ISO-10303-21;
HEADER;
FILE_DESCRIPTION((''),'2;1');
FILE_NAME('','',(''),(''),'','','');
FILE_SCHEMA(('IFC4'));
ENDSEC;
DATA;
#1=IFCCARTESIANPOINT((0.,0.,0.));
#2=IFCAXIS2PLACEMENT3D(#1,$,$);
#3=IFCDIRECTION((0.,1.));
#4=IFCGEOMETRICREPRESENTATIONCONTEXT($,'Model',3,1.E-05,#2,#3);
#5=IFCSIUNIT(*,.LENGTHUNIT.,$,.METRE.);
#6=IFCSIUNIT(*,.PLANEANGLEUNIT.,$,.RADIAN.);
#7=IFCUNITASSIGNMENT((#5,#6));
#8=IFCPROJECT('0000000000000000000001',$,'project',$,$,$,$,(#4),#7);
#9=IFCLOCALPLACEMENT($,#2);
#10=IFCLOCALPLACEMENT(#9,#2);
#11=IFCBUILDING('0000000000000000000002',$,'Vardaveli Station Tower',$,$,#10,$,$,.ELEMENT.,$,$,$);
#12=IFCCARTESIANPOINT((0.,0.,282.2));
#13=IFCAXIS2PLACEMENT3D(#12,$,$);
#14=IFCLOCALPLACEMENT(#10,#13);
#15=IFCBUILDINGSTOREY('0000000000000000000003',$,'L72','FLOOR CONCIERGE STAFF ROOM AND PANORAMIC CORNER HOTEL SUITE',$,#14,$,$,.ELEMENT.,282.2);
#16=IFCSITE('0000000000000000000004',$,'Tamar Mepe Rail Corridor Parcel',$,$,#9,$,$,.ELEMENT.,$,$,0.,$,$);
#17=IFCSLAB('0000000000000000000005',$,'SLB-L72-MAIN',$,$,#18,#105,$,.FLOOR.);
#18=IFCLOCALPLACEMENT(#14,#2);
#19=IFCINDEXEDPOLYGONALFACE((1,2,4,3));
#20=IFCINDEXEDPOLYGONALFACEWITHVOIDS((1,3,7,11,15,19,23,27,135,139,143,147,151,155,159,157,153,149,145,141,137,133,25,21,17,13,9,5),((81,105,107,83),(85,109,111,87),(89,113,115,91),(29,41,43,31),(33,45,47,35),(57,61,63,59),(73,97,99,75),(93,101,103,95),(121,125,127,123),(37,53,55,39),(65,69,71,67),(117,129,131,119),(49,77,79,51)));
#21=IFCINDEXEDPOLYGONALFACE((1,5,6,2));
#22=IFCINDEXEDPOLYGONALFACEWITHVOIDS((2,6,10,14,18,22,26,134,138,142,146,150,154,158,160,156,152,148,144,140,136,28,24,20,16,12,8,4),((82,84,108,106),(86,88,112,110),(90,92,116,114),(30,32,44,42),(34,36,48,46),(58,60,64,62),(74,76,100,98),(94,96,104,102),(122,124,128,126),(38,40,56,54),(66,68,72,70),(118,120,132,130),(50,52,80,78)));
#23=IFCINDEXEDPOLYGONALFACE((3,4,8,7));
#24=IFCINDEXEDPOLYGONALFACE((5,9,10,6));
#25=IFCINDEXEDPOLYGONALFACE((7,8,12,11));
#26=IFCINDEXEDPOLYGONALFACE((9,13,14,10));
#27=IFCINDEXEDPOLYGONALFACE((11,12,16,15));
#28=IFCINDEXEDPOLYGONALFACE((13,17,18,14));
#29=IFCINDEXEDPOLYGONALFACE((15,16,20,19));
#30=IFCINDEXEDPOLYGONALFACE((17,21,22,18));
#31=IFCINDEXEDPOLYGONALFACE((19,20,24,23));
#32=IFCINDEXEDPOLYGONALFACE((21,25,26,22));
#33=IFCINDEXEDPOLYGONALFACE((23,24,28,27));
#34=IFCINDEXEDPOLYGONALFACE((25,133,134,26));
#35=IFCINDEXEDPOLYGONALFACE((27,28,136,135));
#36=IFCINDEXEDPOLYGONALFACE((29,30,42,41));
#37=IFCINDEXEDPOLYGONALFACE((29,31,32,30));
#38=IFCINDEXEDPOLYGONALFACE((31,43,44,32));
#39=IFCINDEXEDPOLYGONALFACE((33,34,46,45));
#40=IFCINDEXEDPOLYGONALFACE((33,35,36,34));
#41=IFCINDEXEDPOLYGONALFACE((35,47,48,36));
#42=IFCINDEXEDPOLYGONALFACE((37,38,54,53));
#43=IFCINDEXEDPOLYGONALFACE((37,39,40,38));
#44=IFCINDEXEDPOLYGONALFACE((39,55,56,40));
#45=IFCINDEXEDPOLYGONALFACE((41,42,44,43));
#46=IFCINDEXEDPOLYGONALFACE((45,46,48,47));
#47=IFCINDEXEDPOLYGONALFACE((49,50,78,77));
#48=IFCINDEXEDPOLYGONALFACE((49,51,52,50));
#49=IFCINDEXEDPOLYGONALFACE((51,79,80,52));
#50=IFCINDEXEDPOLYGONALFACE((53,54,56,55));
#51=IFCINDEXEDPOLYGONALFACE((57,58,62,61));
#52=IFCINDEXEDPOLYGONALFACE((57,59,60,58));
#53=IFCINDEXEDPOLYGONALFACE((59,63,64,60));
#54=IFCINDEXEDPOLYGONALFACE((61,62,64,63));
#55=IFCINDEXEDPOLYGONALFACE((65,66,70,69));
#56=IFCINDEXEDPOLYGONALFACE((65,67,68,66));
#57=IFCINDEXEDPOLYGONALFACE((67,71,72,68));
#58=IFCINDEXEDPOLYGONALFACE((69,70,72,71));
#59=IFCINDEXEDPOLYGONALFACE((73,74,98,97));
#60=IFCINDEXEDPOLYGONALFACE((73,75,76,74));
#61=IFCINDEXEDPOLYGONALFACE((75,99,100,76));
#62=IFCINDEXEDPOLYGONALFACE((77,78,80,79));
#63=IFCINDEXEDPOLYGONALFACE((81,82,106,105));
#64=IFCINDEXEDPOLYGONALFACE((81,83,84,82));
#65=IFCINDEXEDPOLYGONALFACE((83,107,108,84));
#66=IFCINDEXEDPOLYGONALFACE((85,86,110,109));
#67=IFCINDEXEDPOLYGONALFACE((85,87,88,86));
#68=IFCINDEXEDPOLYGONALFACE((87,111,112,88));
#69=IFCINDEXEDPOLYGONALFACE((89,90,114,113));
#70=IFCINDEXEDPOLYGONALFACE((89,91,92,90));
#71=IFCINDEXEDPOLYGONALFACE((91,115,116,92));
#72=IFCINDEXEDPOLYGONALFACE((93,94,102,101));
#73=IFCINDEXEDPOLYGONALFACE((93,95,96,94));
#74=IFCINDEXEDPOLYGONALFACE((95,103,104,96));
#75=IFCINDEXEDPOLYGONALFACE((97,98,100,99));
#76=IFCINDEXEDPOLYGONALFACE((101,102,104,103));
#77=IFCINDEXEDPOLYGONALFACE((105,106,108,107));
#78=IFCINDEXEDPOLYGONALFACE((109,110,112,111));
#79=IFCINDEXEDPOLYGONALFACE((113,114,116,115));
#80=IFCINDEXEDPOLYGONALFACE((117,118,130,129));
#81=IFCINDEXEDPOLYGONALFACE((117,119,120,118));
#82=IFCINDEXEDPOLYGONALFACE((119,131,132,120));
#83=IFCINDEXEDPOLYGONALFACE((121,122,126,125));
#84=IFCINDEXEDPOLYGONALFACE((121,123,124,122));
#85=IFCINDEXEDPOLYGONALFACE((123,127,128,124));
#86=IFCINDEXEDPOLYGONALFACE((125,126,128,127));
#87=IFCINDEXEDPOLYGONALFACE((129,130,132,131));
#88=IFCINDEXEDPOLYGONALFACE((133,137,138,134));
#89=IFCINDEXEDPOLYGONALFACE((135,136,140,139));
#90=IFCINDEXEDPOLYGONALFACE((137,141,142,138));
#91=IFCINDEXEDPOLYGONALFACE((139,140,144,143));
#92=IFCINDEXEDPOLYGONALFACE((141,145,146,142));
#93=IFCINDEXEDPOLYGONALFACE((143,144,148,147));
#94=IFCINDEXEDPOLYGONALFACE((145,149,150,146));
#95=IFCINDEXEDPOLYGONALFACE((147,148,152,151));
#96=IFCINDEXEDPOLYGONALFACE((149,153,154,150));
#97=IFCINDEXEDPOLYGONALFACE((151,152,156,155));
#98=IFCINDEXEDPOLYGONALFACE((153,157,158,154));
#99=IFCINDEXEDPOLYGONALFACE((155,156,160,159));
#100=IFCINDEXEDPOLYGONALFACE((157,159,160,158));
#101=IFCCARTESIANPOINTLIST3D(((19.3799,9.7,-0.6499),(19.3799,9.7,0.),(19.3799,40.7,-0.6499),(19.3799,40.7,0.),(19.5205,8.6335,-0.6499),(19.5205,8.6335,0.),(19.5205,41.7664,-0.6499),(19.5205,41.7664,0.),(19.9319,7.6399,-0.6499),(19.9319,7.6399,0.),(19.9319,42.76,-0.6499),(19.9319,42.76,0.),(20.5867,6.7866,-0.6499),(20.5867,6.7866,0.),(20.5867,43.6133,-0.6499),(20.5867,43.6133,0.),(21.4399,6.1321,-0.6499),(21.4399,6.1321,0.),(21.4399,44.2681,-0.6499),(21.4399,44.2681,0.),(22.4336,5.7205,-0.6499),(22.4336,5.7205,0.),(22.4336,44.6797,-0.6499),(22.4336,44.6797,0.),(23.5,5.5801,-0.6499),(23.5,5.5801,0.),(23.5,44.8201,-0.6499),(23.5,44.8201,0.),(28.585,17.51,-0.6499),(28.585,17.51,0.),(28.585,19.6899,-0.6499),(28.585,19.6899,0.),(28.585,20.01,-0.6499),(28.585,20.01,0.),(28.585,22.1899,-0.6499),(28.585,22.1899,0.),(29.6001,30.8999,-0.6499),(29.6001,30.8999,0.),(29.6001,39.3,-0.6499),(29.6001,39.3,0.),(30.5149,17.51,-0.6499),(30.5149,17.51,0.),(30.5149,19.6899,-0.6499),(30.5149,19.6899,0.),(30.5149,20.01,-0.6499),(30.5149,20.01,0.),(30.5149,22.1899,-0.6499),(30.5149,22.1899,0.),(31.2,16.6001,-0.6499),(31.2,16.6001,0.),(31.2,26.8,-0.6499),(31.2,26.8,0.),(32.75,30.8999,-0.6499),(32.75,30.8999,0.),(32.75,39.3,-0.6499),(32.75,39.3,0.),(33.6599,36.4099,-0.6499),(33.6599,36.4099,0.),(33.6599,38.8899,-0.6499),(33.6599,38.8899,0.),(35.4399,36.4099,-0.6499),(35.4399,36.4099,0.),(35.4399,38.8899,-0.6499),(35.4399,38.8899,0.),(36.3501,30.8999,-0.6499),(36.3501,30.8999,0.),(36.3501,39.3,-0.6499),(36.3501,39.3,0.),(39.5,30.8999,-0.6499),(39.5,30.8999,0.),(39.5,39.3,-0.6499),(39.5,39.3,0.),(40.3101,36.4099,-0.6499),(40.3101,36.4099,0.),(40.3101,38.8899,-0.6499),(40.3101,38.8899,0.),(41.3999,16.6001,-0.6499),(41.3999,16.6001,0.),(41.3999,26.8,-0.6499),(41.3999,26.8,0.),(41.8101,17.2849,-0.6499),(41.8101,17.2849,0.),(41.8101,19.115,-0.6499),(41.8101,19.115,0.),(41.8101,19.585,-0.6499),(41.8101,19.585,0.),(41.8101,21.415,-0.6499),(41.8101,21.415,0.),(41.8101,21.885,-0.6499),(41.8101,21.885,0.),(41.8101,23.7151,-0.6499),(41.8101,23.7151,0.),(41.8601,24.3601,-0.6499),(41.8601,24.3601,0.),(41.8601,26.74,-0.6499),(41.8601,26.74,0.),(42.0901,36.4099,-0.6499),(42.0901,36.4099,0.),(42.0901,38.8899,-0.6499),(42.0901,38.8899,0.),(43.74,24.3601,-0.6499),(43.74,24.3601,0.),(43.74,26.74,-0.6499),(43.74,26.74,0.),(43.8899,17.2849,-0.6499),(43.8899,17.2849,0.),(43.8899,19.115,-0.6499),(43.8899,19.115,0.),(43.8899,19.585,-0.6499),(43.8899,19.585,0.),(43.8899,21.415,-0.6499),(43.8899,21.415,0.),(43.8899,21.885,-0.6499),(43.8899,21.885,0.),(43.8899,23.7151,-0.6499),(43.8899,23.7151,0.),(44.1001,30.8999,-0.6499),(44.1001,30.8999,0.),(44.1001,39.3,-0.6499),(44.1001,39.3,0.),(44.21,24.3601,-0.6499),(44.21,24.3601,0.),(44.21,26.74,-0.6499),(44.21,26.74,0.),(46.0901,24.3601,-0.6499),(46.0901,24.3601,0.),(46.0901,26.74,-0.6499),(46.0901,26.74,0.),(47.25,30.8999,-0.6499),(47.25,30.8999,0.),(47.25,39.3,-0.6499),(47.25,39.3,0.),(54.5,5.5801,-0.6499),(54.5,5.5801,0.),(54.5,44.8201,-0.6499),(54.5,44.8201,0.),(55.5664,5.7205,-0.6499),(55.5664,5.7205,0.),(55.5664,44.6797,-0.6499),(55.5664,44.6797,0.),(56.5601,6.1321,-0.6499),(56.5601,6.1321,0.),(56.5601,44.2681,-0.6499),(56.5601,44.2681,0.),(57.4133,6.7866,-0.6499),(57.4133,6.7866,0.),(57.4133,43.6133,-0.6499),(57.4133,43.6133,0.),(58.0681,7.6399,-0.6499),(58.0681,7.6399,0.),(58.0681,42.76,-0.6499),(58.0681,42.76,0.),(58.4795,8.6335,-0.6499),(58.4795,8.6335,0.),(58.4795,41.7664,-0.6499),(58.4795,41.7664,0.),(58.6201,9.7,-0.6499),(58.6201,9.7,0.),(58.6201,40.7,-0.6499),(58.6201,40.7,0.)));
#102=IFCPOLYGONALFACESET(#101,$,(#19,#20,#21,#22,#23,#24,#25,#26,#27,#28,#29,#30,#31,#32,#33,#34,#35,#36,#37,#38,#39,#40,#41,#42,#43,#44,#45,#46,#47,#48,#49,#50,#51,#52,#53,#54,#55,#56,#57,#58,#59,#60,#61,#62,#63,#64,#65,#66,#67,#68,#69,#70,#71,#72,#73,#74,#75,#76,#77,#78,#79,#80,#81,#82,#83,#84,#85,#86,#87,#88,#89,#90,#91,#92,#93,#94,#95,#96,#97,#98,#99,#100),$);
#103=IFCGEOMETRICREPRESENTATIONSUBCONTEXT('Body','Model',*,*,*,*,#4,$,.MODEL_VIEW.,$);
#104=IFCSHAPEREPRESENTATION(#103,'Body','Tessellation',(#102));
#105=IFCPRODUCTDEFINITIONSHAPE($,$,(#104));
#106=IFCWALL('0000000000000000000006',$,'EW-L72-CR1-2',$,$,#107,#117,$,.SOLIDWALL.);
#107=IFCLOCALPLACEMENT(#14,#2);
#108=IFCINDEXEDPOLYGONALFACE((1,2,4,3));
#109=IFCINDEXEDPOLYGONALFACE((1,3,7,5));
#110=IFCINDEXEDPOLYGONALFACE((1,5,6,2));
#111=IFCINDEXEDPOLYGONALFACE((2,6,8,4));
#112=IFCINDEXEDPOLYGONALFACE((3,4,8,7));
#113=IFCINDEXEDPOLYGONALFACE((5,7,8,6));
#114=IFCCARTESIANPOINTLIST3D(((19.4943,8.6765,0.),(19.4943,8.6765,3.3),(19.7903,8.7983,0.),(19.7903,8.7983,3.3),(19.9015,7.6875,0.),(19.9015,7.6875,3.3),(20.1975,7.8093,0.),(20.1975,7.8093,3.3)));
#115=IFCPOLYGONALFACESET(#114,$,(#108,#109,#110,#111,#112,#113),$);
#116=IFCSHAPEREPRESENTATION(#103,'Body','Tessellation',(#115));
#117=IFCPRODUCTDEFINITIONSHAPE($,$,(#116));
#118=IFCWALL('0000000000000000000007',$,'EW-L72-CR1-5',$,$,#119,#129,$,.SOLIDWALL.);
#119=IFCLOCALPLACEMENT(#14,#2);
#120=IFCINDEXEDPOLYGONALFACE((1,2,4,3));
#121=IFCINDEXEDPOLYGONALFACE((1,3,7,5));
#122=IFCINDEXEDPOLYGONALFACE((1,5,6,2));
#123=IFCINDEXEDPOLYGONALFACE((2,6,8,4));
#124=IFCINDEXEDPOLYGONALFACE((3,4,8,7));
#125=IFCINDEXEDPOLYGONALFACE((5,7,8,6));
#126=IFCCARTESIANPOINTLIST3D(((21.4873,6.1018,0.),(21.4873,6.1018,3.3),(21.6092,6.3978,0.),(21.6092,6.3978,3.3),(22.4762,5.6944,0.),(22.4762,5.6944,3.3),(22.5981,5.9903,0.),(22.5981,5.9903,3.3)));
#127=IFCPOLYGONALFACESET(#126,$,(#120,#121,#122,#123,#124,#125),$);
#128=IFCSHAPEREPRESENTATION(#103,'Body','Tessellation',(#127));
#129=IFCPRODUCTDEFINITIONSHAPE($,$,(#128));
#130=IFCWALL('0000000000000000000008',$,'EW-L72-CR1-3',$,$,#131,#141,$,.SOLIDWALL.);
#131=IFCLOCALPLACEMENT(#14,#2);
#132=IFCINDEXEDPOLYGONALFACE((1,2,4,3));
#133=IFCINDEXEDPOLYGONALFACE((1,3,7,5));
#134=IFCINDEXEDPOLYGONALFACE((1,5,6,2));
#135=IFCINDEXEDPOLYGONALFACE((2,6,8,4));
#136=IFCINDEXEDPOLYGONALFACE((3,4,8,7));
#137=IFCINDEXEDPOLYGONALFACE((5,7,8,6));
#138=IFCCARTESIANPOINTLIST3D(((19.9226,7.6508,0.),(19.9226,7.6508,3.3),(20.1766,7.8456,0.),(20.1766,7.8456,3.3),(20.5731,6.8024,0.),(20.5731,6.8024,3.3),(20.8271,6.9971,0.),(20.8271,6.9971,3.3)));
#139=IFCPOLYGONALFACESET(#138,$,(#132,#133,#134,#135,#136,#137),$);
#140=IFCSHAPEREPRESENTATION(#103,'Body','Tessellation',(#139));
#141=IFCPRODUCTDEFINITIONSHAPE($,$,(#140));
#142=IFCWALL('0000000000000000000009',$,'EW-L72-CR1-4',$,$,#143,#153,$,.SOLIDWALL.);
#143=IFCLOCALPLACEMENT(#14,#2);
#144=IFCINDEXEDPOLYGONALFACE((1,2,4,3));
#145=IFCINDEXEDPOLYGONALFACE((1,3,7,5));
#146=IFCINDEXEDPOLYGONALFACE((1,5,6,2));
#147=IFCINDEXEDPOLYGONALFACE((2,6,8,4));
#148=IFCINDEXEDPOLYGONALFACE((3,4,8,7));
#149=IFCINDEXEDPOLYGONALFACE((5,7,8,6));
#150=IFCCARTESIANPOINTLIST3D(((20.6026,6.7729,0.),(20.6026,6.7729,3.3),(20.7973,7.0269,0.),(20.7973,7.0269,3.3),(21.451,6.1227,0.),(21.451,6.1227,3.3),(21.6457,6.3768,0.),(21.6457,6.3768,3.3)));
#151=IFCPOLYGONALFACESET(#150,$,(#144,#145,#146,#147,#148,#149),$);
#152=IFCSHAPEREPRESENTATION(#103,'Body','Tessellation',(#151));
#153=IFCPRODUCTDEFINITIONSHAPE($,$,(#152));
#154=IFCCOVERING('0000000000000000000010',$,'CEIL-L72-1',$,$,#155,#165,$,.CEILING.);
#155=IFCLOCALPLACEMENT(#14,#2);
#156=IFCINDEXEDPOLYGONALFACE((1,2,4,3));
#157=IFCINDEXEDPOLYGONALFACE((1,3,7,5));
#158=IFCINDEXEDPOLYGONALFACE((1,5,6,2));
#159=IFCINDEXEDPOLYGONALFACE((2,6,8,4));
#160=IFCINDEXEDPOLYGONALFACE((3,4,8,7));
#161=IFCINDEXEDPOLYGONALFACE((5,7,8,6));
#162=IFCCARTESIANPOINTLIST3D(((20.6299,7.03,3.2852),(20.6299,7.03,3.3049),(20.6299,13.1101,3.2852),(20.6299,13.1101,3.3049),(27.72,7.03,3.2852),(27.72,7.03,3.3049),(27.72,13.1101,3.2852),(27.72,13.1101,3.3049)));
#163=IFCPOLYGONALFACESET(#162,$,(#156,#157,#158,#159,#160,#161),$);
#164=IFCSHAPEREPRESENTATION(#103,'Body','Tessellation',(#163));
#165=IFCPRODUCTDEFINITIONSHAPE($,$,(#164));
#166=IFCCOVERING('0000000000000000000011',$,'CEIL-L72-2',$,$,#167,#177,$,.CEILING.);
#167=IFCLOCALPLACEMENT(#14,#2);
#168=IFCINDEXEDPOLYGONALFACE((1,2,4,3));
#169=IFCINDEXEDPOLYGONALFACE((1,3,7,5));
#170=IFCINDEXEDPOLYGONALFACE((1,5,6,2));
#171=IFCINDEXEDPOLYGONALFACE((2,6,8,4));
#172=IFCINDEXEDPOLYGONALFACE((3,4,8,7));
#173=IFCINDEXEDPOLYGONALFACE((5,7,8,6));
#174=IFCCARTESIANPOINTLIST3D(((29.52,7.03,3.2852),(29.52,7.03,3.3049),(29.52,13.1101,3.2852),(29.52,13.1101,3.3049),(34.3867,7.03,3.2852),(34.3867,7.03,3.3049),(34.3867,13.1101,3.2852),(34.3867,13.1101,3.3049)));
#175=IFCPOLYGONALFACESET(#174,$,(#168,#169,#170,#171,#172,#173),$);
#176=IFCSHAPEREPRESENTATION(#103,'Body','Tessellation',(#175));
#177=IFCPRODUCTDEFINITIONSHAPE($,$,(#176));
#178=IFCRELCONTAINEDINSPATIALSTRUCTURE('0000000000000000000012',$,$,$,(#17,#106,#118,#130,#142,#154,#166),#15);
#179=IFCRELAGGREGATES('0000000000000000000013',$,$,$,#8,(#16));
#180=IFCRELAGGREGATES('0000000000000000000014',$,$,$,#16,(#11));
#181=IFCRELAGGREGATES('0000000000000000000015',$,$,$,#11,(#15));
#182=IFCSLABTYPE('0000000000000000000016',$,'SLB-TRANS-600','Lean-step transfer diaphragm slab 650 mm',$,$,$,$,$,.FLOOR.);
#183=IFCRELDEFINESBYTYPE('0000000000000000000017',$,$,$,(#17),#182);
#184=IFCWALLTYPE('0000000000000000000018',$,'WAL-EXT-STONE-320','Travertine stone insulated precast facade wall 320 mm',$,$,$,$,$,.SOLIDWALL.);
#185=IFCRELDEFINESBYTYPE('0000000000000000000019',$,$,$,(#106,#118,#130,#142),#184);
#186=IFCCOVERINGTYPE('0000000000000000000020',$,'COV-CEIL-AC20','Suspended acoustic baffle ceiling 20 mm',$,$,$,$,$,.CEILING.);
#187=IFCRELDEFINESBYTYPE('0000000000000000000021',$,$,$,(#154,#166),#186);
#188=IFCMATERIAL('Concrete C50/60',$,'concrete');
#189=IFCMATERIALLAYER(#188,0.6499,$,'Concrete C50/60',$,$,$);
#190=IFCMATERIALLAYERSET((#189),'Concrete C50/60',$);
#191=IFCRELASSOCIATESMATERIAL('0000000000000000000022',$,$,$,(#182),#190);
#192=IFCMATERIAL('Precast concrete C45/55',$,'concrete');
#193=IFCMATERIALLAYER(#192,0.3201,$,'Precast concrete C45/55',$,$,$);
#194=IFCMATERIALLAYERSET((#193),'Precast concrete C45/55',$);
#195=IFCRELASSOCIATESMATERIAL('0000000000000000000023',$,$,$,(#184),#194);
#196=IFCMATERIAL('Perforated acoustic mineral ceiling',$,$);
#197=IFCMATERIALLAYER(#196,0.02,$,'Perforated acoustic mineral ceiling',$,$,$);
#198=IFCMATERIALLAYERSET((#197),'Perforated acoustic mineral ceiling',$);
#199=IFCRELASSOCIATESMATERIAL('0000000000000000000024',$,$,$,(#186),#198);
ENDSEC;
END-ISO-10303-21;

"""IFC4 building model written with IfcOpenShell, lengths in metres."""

from ifc_helpers import new_model, si_unit, direction, frame, frame_2d, origin, place, context, subcontext, project, spatial, polyline, rectangle, outline, extrude, source, transform, mapped, material, layer, layer_set, type_object, element, save


model = new_model("IFC4")

# Units and contexts
model_context = context("Model", 3, precision=1e-05, world=origin(), true_north=direction((0.0, 1.0)))
body_context = subcontext(model_context, "Body", "Model", "MODEL_VIEW")
ifc_project = project(units=[si_unit("LENGTHUNIT", "METRE"), si_unit("PLANEANGLEUNIT", "RADIAN")], contexts=[model_context])

# Site, building, storey
site_placement = place(None, origin())
site = spatial("IfcSite", under=ifc_project, at=site_placement, Name="Tamar Mepe Rail Corridor Parcel", CompositionType="ELEMENT", RefElevation=0.0)
building_placement = place(site_placement, origin())
building = spatial("IfcBuilding", under=site, at=building_placement, Name="Vardaveli Station Tower", CompositionType="ELEMENT")
storey_placement = place(building_placement, frame((0.0, 0.0, 282.2)))
storey = spatial("IfcBuildingStorey", under=building, at=storey_placement, Name="L72", Description="FLOOR CONCIERGE STAFF ROOM AND PANORAMIC CORNER HOTEL SUITE", CompositionType="ELEMENT", Elevation=282.2)

# Slab
ifc_material_1 = material(Name="Precast concrete C45/55", Category="concrete")
ifc_material_2 = material(Name="Concrete C50/60", Category="concrete")
ifc_layer_1 = layer(ifc_material_2, 0.6499, Name="Concrete C50/60")
ifc_layer_set_1 = layer_set([ifc_layer_1], Name="Concrete C50/60")
slab_type_1 = type_object("IfcSlabType", Name="SLB-TRANS-600", Description="Lean-step transfer diaphragm slab 650 mm", PredefinedType="FLOOR", material=ifc_layer_set_1)
slab_1_placement = place(storey_placement, frame((0.0, 0.0, -0.6499)))
element("IfcSlab", 1, at=slab_1_placement, inside=storey, type_object=slab_type_1, Name="SLB-L72-MAIN", PredefinedType="FLOOR", context=body_context, shape_type="SweptSolid", body=[
    extrude(outline(polyline([(19.3799, 9.7), (19.5205, 8.6335), (19.9319, 7.6399), (20.5867, 6.7866), (21.4399, 6.1321), (22.4336, 5.7205), (23.5, 5.5801), (54.5, 5.5801), (55.5664, 5.7205), (56.5601, 6.1321), (57.4133, 6.7866), (58.0681, 7.6399), (58.4795, 8.6335), (58.6201, 9.7), (58.6201, 40.7), (58.4795, 41.7664), (58.0681, 42.76), (57.4133, 43.6133), (56.5601, 44.2681), (55.5664, 44.6797), (54.5, 44.8201), (23.5, 44.8201), (22.4336, 44.6797), (21.4399, 44.2681), (20.5867, 43.6133), (19.9319, 42.76), (19.5205, 41.7664), (19.3799, 40.7), (19.3799, 9.7)]), holes=[polyline([(31.2, 16.6001), (41.3999, 16.6001), (41.3999, 26.8), (31.2, 26.8), (31.2, 16.6001)]), polyline([(32.75, 30.8999), (32.75, 39.3), (29.6001, 39.3), (29.6001, 30.8999), (32.75, 30.8999)]), polyline([(39.5, 30.8999), (39.5, 39.3), (36.3501, 39.3), (36.3501, 30.8999), (39.5, 30.8999)]), polyline([(47.25, 30.8999), (47.25, 39.3), (44.1001, 39.3), (44.1001, 30.8999), (47.25, 30.8999)]), polyline([(33.6599, 36.4099), (35.4399, 36.4099), (35.4399, 38.8899), (33.6599, 38.8899), (33.6599, 36.4099)]), polyline([(40.3101, 36.4099), (42.0901, 36.4099), (42.0901, 38.8899), (40.3101, 38.8899), (40.3101, 36.4099)]), polyline([(41.8101, 21.885), (43.8899, 21.885), (43.8899, 23.7151), (41.8101, 23.7151), (41.8101, 21.885)]), polyline([(41.8101, 19.585), (43.8899, 19.585), (43.8899, 21.415), (41.8101, 21.415), (41.8101, 19.585)]), polyline([(41.8101, 17.2849), (43.8899, 17.2849), (43.8899, 19.115), (41.8101, 19.115), (41.8101, 17.2849)]), polyline([(28.585, 17.51), (30.5149, 17.51), (30.5149, 19.6899), (28.585, 19.6899), (28.585, 17.51)]), polyline([(28.585, 20.01), (30.5149, 20.01), (30.5149, 22.1899), (28.585, 22.1899), (28.585, 20.01)]), polyline([(41.8601, 24.3601), (43.74, 24.3601), (43.74, 26.74), (41.8601, 26.74), (41.8601, 24.3601)]), polyline([(44.21, 24.3601), (46.0901, 24.3601), (46.0901, 26.74), (44.21, 26.74), (44.21, 24.3601)])]), origin(), (0.0, 0.0, 1.0), 0.6499),
])

# Walls
ifc_layer_2 = layer(ifc_material_1, 0.3201, Name="Precast concrete C45/55")
ifc_layer_set_2 = layer_set([ifc_layer_2], Name="Precast concrete C45/55")
wall_type = type_object("IfcWallType", Name="WAL-EXT-STONE-320", Description="Travertine stone insulated precast facade wall 320 mm", PredefinedType="SOLIDWALL", material=ifc_layer_set_2)
shared_shape_1 = source(origin(), body_context, "Body", "SweptSolid", [
    extrude(rectangle(XDim=1.0696, YDim=0.3201, at=frame_2d((0.5347, 0.0))), origin(), (0.0, 0.0, 1.0), 3.3),
])
for number, where, z_axis, x_axis, name in (
    (2, (19.6423, 8.7373, 0.0), (0.0, 0.0, 1.0), (0.380738, -0.924683, 0.0), "EW-L72-CR1-2"),
    (3, (21.5483, 6.2498, 0.0), (0.0, 0.0, 1.0), (0.924602, -0.380933, 0.0), "EW-L72-CR1-5"),
):
    element("IfcWall", number, at=place(storey_placement, frame(where, z_axis=z_axis, x_axis=x_axis)), inside=storey, type_object=wall_type, Name=name, PredefinedType="SOLIDWALL", context=body_context, shape_type="MappedRepresentation", body=[
        mapped(shared_shape_1, transform((0.0, 0.0, 0.0), scale=1.0)),
    ])
shared_shape_2 = source(origin(), body_context, "Body", "SweptSolid", [
    extrude(rectangle(XDim=1.0691, YDim=0.3201, at=frame_2d((0.5347, 0.0))), origin(), (0.0, 0.0, 1.0), 3.3),
])
wall_1_placement = place(storey_placement, frame((20.0496, 7.7483, 0.0), z_axis=(0.0, 0.0, 1.0), x_axis=(0.608408, -0.793625, 0.0)))
element("IfcWall", 4, at=wall_1_placement, inside=storey, type_object=wall_type, Name="EW-L72-CR1-3", PredefinedType="SOLIDWALL", context=body_context, shape_type="MappedRepresentation", body=[
    mapped(shared_shape_2, transform((0.0, 0.0, 0.0), scale=1.0)),
])
shared_shape_3 = source(origin(), body_context, "Body", "SweptSolid", [
    extrude(rectangle(XDim=1.0688, YDim=0.3201, at=frame_2d((0.5344, 0.0))), origin(), (0.0, 0.0, 1.0), 3.3),
])
wall_2_placement = place(storey_placement, frame((20.7, 6.8999, 0.0), z_axis=(0.0, 0.0, 1.0), x_axis=(0.793735, -0.608264, 0.0)))
element("IfcWall", 5, at=wall_2_placement, inside=storey, type_object=wall_type, Name="EW-L72-CR1-4", PredefinedType="SOLIDWALL", context=body_context, shape_type="MappedRepresentation", body=[
    mapped(shared_shape_3, transform((0.0, 0.0, 0.0), scale=1.0)),
])

# Coverings
ifc_material_3 = material(Name="Perforated acoustic mineral ceiling")
ifc_layer_3 = layer(ifc_material_3, 0.02, Name="Perforated acoustic mineral ceiling")
ifc_layer_set_3 = layer_set([ifc_layer_3], Name="Perforated acoustic mineral ceiling")
covering_type_1 = type_object("IfcCoveringType", Name="COV-CEIL-AC20", Description="Suspended acoustic baffle ceiling 20 mm", PredefinedType="CEILING", material=ifc_layer_set_3)
covering_1_placement = place(storey_placement, frame((0.0, 0.0, 3.2852)))
element("IfcCovering", 6, at=covering_1_placement, inside=storey, type_object=covering_type_1, Name="CEIL-L72-1", PredefinedType="CEILING", context=body_context, shape_type="SweptSolid", body=[
    extrude(outline(polyline([(20.6299, 7.03), (27.72, 7.03), (27.72, 13.1101), (20.6299, 13.1101), (20.6299, 7.03)])), origin(), (0.0, 0.0, 1.0), 0.0198),
])
covering_2_placement = place(storey_placement, frame((0.0, 0.0, 3.2852)))
element("IfcCovering", 7, at=covering_2_placement, inside=storey, type_object=covering_type_1, Name="CEIL-L72-2", PredefinedType="CEILING", context=body_context, shape_type="SweptSolid", body=[
    extrude(outline(polyline([(29.52, 7.03), (34.3867, 7.03), (34.3867, 13.1101), (29.52, 13.1101), (29.52, 7.03)])), origin(), (0.0, 0.0, 1.0), 0.0198),
])

save(model, "model.ifc")
